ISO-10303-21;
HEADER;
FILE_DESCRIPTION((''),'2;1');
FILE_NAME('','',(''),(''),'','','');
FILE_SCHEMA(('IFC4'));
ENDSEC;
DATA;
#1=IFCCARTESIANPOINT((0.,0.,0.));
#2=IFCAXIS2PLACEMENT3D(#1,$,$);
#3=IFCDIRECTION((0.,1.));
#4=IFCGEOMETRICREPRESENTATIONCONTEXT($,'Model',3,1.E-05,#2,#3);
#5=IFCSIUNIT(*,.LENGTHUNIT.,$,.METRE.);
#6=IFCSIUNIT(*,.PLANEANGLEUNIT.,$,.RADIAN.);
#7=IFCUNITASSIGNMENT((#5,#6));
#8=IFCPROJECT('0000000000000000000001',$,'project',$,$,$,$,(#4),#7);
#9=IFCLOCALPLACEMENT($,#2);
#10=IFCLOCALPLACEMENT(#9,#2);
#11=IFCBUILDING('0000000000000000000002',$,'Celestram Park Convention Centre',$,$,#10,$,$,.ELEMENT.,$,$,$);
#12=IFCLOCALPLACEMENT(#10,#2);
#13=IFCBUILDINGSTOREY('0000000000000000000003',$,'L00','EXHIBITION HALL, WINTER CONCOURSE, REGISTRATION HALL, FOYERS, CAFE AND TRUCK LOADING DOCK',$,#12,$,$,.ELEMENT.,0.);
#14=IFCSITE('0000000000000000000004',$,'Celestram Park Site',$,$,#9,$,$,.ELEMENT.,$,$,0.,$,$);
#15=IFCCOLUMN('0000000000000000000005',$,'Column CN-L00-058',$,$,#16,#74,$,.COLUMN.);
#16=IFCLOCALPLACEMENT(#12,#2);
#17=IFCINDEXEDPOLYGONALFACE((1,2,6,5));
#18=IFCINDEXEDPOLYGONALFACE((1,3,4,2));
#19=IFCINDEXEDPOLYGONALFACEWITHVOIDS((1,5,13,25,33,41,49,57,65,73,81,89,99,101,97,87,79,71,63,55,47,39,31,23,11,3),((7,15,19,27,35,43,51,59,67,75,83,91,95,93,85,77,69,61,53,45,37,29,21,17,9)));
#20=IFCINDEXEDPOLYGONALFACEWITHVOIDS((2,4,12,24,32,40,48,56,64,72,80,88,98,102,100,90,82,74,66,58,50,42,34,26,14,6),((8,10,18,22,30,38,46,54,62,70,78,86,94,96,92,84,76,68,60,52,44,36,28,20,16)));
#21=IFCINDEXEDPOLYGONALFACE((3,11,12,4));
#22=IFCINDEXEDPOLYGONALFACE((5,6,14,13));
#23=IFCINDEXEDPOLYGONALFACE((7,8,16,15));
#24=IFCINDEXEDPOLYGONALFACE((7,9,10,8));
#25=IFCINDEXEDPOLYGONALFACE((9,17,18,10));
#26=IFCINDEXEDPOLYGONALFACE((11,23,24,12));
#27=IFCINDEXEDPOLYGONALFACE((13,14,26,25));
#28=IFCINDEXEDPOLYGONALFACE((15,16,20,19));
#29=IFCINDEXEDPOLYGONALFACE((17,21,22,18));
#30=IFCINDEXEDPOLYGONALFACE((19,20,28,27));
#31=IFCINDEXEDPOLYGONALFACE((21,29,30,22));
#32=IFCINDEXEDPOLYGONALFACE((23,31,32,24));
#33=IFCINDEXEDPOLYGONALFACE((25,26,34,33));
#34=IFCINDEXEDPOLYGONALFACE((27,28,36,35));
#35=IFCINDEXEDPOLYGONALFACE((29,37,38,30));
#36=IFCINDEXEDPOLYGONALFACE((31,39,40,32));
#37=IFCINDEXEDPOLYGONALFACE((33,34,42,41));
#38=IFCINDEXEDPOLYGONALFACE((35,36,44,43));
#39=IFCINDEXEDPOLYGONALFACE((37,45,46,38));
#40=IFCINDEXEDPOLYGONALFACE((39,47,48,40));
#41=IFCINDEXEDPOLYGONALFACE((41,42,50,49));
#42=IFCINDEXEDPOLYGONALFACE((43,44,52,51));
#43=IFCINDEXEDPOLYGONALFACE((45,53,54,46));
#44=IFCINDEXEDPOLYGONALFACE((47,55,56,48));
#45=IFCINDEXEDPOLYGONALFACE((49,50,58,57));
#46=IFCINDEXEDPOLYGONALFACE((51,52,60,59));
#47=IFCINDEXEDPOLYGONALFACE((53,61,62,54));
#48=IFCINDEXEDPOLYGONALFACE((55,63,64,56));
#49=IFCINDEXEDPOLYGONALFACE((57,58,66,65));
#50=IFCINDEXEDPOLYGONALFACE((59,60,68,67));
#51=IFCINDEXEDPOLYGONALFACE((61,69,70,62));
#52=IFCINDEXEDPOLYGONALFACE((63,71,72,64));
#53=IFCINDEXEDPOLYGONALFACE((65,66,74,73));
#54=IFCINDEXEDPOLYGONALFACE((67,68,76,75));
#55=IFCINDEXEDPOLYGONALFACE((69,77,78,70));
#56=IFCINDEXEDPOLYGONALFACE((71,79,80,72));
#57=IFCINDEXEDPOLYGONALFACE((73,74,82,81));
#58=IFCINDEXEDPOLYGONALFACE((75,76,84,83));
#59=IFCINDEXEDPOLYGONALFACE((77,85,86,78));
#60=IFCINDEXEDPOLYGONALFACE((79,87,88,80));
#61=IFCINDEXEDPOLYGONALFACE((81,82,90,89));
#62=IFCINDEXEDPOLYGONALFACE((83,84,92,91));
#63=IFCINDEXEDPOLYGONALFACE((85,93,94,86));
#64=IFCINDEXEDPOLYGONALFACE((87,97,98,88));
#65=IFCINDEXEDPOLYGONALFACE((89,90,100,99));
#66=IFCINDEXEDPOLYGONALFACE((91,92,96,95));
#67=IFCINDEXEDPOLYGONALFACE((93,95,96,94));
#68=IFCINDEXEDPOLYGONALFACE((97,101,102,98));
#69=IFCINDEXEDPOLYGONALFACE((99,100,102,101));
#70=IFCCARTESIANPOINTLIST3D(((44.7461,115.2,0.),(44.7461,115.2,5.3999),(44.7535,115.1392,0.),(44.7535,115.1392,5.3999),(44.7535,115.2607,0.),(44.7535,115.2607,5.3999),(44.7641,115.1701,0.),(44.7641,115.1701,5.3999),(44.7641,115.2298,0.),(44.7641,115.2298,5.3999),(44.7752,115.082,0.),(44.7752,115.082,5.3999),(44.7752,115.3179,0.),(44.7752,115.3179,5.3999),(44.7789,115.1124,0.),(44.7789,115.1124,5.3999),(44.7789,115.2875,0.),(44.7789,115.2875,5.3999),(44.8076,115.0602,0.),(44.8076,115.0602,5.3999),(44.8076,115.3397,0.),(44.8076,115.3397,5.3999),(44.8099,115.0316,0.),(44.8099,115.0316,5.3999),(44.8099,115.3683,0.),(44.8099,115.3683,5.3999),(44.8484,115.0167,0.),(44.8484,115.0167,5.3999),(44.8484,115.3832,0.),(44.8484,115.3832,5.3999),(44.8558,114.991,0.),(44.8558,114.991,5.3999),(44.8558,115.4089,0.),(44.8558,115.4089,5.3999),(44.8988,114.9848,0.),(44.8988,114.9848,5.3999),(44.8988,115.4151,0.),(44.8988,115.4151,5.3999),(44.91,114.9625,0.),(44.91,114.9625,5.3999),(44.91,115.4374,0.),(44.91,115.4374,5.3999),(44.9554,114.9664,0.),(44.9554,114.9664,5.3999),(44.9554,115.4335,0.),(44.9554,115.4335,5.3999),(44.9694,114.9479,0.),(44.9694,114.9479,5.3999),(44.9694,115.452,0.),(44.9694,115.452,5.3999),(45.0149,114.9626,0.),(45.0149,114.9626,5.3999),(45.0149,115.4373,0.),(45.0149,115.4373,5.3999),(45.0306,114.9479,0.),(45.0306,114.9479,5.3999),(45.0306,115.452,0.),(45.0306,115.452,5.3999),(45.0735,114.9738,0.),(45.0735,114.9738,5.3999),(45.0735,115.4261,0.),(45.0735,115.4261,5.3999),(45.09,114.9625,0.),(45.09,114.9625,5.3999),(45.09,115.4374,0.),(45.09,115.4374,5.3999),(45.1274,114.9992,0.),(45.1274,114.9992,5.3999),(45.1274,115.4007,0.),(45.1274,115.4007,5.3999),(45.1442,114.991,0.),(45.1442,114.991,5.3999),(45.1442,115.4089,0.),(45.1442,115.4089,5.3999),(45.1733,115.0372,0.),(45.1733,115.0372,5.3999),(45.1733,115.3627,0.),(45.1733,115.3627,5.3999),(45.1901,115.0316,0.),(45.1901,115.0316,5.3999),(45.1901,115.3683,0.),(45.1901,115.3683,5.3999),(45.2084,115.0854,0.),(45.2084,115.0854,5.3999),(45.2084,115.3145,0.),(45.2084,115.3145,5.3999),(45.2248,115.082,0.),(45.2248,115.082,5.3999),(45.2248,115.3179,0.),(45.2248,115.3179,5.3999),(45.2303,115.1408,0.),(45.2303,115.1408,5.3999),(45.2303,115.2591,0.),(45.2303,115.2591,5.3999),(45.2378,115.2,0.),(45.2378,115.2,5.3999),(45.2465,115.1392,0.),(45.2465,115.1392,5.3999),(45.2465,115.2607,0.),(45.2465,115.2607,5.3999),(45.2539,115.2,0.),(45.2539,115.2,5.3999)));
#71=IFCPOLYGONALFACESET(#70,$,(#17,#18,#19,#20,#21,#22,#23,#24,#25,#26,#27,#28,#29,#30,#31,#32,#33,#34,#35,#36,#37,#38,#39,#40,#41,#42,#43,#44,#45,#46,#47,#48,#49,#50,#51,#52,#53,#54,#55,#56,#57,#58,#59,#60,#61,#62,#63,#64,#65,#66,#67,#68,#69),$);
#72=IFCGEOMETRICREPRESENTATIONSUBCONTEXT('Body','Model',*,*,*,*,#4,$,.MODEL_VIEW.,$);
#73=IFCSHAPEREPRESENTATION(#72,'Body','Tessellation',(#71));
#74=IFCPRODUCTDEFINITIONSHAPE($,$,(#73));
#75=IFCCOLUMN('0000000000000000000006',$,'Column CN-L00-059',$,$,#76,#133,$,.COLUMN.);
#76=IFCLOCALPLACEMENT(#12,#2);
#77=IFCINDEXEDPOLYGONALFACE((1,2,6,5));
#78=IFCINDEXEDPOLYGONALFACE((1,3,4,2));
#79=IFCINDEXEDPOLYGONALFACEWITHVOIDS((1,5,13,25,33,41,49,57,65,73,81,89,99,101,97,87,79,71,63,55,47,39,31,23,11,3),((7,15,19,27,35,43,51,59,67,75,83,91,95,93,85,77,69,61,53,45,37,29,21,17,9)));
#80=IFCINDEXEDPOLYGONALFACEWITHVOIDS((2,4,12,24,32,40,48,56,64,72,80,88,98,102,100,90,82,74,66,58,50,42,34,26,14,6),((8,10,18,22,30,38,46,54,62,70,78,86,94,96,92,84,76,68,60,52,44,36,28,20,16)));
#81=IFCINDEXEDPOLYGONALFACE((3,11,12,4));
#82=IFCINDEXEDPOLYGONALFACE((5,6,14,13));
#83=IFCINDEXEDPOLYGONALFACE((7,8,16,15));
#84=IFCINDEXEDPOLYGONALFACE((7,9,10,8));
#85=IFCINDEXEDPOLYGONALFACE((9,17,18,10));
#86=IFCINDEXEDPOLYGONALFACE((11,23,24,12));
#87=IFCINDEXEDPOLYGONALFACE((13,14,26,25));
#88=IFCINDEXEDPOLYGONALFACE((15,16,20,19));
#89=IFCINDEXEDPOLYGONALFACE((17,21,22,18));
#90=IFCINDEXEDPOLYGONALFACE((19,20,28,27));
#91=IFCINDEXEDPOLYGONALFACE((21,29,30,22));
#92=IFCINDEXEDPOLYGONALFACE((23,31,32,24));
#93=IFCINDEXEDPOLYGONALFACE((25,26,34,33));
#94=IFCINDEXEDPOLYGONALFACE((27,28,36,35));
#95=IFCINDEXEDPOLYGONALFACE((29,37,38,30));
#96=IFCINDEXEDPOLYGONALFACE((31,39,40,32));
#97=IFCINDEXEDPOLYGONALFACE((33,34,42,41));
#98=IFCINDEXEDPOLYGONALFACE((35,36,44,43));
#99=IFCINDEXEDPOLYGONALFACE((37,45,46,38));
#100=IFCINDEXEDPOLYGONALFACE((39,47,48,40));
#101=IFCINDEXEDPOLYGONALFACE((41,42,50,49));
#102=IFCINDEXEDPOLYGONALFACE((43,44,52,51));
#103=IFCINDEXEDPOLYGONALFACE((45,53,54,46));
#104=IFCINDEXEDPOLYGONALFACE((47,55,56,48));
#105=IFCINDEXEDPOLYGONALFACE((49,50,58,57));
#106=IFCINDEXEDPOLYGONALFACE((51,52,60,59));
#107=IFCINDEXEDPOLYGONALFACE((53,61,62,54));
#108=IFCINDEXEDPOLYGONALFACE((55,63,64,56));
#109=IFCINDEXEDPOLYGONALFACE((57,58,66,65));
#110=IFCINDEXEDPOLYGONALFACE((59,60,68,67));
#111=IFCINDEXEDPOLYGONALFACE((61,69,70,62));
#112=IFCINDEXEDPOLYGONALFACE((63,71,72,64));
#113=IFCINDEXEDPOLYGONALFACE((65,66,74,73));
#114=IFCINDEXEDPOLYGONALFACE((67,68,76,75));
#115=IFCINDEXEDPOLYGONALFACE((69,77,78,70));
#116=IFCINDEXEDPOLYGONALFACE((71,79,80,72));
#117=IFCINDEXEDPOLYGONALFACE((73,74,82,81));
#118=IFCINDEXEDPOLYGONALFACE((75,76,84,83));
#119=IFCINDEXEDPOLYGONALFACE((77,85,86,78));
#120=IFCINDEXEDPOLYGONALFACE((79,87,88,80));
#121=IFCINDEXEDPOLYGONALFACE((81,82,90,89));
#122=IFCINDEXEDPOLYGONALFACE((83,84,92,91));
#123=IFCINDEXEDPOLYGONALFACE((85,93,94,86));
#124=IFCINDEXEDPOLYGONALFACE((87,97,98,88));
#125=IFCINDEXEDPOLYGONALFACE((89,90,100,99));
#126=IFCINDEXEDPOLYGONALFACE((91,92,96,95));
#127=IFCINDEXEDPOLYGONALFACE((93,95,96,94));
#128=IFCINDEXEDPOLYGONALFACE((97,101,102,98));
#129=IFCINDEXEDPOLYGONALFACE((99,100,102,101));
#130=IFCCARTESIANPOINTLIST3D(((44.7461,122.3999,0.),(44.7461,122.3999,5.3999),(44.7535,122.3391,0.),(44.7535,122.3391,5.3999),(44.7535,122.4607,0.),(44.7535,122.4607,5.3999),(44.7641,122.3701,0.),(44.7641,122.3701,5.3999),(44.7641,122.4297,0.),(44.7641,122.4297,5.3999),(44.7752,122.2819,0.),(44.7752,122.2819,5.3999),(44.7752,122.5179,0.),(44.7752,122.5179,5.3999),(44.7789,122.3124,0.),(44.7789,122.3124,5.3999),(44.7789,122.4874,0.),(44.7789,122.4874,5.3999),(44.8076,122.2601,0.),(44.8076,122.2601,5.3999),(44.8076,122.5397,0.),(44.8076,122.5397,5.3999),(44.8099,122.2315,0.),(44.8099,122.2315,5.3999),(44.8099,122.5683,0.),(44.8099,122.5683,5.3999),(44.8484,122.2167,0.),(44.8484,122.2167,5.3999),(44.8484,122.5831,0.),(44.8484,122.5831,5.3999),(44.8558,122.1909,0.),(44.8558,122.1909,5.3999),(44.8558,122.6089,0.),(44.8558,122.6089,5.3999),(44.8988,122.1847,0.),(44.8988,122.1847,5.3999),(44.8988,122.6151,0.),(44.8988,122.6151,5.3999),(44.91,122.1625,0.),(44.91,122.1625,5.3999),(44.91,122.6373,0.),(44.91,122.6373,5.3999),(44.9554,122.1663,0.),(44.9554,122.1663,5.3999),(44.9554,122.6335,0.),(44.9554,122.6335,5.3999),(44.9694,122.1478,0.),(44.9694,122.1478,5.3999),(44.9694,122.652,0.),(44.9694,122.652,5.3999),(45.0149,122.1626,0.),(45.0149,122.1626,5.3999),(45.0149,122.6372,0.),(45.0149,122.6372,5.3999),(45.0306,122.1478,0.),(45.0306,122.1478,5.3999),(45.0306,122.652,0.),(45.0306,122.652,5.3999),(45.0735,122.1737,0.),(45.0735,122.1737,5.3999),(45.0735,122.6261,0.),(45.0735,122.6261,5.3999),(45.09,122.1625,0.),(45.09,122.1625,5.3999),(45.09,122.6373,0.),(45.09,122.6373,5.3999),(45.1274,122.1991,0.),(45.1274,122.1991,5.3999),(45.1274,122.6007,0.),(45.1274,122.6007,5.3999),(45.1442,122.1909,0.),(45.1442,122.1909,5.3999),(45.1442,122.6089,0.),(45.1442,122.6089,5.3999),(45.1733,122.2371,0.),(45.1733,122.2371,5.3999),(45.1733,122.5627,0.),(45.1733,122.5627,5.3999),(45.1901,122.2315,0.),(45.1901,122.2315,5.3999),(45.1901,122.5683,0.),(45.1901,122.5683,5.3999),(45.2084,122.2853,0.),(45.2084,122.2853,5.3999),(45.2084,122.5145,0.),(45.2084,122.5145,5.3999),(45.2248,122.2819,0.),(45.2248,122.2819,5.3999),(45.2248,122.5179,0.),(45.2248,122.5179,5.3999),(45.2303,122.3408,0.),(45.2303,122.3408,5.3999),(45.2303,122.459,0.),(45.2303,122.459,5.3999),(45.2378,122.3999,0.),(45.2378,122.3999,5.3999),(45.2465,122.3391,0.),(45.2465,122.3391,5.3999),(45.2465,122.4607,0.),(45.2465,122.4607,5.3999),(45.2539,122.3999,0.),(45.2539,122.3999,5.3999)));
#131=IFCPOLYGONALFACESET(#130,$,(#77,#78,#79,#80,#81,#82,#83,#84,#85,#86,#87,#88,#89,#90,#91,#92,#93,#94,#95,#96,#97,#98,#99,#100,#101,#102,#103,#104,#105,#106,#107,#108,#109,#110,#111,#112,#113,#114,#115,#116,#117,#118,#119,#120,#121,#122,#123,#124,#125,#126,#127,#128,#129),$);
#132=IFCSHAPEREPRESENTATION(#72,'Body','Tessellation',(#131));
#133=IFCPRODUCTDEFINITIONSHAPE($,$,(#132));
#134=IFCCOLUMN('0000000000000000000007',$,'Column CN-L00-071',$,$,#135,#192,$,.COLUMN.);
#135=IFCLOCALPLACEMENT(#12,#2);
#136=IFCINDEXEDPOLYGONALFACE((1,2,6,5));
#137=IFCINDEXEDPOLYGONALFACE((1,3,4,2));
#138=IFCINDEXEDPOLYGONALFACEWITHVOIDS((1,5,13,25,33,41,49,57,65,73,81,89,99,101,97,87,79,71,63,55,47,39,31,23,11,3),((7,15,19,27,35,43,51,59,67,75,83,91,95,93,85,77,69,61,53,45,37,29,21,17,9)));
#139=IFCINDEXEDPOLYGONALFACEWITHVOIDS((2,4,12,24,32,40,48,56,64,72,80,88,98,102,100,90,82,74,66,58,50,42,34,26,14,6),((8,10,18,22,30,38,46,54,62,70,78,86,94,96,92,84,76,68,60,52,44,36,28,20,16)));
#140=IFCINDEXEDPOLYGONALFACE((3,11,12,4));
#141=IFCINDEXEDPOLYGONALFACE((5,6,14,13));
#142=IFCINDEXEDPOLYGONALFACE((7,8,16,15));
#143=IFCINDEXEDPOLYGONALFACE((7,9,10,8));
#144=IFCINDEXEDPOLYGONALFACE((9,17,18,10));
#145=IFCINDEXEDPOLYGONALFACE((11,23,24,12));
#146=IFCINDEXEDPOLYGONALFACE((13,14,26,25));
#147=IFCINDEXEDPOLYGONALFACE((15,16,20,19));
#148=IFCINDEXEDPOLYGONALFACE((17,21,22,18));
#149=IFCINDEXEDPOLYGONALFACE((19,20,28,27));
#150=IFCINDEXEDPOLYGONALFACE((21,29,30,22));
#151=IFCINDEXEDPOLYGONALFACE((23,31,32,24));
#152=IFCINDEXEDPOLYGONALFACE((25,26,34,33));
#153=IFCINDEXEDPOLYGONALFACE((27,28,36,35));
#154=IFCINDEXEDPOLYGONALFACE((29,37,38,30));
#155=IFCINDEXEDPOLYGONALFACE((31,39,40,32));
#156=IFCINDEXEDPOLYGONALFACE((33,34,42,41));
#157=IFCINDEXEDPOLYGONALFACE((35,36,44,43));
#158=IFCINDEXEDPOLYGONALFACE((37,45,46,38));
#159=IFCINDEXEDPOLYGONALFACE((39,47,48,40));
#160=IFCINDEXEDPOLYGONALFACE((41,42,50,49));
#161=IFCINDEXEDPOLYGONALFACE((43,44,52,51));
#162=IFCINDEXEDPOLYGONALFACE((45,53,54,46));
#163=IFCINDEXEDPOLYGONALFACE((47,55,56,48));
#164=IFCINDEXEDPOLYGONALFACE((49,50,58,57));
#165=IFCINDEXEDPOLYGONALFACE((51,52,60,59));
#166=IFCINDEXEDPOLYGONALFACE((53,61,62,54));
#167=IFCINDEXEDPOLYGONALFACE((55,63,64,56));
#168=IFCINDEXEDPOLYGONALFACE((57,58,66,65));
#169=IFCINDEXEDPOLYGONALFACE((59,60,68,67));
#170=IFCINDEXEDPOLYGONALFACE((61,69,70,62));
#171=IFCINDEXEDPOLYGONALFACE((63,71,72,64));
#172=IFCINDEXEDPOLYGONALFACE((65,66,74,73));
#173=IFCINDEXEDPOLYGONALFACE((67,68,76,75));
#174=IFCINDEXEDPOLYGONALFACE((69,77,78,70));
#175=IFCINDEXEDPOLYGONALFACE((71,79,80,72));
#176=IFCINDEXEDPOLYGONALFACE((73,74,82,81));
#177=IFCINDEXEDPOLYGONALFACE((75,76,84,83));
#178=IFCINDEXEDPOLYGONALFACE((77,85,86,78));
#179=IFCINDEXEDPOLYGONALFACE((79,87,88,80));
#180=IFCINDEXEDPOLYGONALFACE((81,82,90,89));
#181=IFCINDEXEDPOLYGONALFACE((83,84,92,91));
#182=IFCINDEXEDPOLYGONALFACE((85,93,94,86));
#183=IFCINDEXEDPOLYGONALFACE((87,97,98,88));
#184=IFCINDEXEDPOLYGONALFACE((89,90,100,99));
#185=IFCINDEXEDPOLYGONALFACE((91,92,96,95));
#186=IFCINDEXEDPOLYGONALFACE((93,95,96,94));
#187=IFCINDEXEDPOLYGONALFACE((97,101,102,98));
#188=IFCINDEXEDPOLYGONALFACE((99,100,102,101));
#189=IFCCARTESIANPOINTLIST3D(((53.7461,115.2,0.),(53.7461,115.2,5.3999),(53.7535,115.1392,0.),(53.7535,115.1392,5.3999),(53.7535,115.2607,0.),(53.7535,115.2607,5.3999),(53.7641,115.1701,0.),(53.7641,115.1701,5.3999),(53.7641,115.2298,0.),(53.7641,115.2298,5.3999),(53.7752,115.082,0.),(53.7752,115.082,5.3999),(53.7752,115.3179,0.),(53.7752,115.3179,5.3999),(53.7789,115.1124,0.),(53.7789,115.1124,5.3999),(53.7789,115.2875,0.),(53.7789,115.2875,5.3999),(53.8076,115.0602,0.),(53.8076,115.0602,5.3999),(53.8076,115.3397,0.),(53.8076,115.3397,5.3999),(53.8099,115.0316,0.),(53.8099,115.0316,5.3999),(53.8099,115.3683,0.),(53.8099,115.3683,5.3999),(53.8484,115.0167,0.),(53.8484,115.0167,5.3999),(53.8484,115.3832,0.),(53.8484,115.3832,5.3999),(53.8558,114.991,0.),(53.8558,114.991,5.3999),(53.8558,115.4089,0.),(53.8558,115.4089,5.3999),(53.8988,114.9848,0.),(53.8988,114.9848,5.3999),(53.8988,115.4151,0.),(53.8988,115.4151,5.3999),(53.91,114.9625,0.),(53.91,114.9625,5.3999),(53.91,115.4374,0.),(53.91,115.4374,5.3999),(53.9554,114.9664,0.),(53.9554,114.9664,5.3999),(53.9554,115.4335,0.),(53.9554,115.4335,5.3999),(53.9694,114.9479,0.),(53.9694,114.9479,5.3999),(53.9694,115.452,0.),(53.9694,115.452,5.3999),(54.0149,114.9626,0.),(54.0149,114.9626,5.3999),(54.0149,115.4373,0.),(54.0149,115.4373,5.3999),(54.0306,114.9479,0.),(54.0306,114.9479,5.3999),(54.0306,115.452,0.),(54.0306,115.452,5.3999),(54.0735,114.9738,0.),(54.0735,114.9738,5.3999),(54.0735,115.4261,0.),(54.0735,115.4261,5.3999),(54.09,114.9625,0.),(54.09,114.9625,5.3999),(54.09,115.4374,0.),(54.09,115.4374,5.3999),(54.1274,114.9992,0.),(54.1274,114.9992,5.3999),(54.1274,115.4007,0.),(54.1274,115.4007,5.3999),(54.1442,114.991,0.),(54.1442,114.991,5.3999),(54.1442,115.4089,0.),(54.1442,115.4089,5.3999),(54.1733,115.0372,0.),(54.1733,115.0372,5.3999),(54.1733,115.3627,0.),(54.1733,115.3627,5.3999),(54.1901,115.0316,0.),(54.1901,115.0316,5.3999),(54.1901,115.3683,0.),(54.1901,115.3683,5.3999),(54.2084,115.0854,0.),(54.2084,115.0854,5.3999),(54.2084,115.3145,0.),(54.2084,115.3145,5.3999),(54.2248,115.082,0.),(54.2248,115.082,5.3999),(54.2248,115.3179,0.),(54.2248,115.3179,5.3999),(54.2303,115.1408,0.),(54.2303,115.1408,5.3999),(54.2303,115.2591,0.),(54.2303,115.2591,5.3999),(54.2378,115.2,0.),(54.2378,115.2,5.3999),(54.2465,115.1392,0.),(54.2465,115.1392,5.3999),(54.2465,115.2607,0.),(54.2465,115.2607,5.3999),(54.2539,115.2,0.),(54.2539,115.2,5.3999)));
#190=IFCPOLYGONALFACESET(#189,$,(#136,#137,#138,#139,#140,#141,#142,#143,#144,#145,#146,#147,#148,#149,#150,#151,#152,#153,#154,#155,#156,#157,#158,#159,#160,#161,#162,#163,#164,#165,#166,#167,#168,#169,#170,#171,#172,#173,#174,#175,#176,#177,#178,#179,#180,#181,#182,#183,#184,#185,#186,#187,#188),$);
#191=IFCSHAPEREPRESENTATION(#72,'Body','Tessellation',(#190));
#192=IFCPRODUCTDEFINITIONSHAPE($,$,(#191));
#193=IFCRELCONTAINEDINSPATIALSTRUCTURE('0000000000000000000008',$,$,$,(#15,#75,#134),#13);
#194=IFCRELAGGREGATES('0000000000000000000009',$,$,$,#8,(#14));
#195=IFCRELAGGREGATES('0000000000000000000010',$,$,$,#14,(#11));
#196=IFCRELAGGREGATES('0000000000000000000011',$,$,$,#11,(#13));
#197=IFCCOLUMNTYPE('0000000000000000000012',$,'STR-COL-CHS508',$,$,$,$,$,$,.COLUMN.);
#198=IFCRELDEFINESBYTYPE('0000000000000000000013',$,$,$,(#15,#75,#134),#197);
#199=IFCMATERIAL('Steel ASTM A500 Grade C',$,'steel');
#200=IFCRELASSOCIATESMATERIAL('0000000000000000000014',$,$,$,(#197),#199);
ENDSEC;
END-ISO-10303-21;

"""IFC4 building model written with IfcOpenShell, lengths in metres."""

from ifc_helpers import new_model, si_unit, direction, frame, origin, origin_2d, place, context, subcontext, project, spatial, hollow_circle, extrude, material, material_profile, profile_set, type_object, element, save


model = new_model("IFC4")

# Units and contexts
model_context = context("Model", 3, precision=1e-05, world=origin(), true_north=direction((0.0, 1.0)))
body_context = subcontext(model_context, "Body", "Model", "MODEL_VIEW")
ifc_project = project(units=[si_unit("LENGTHUNIT", "METRE"), si_unit("PLANEANGLEUNIT", "RADIAN")], contexts=[model_context])

# Site, building, storey
site_placement = place(None, origin())
site = spatial("IfcSite", under=ifc_project, at=site_placement, Name="Celestram Park Site", CompositionType="ELEMENT", RefElevation=0.0)
building_placement = place(site_placement, origin())
building = spatial("IfcBuilding", under=site, at=building_placement, Name="Celestram Park Convention Centre", CompositionType="ELEMENT")
storey_placement = place(building_placement, origin())
storey = spatial("IfcBuildingStorey", under=building, at=storey_placement, Name="L00", Description="EXHIBITION HALL, WINTER CONCOURSE, REGISTRATION HALL, FOYERS, CAFE AND TRUCK LOADING DOCK", CompositionType="ELEMENT", Elevation=0.0)

# Columns
ifc_material_1 = material(Name="Steel ASTM A500 Grade C", Category="steel")
ifc_material_profile_1 = material_profile(ifc_material_1, hollow_circle(Radius=0.2539, WallThickness=0.0161, at=origin_2d()), Name="CHS508X16")
ifc_profile_set_1 = profile_set([ifc_material_profile_1], Name="Steel ASTM A500 Grade C")
column_type = type_object("IfcColumnType", Name="STR-COL-CHS508", PredefinedType="COLUMN", material=ifc_profile_set_1)
for number, where, z_axis, x_axis, name in (
    (1, (45.0, 115.2, 0.0), (0.0, 0.0, 1.0), (1.0, 0.0, 0.0), "Column CN-L00-058"),
    (2, (45.0, 122.3999, 0.0), (0.0, 0.0, 1.0), (1.0, 0.0, 0.0), "Column CN-L00-059"),
    (3, (54.0, 115.2, 0.0), (0.0, 0.0, 1.0), (1.0, 0.0, 0.0), "Column CN-L00-071"),
):
    element("IfcColumn", number, at=place(storey_placement, frame(where, z_axis=z_axis, x_axis=x_axis)), inside=storey, type_object=column_type, Name=name, PredefinedType="COLUMN", context=body_context, shape_type="SweptSolid", body=[
        extrude(hollow_circle(Radius=0.2539, WallThickness=0.0161, at=origin_2d()), origin(), (0.0, 0.0, 1.0), 5.3999),
    ])

save(model, "model.ifc")
